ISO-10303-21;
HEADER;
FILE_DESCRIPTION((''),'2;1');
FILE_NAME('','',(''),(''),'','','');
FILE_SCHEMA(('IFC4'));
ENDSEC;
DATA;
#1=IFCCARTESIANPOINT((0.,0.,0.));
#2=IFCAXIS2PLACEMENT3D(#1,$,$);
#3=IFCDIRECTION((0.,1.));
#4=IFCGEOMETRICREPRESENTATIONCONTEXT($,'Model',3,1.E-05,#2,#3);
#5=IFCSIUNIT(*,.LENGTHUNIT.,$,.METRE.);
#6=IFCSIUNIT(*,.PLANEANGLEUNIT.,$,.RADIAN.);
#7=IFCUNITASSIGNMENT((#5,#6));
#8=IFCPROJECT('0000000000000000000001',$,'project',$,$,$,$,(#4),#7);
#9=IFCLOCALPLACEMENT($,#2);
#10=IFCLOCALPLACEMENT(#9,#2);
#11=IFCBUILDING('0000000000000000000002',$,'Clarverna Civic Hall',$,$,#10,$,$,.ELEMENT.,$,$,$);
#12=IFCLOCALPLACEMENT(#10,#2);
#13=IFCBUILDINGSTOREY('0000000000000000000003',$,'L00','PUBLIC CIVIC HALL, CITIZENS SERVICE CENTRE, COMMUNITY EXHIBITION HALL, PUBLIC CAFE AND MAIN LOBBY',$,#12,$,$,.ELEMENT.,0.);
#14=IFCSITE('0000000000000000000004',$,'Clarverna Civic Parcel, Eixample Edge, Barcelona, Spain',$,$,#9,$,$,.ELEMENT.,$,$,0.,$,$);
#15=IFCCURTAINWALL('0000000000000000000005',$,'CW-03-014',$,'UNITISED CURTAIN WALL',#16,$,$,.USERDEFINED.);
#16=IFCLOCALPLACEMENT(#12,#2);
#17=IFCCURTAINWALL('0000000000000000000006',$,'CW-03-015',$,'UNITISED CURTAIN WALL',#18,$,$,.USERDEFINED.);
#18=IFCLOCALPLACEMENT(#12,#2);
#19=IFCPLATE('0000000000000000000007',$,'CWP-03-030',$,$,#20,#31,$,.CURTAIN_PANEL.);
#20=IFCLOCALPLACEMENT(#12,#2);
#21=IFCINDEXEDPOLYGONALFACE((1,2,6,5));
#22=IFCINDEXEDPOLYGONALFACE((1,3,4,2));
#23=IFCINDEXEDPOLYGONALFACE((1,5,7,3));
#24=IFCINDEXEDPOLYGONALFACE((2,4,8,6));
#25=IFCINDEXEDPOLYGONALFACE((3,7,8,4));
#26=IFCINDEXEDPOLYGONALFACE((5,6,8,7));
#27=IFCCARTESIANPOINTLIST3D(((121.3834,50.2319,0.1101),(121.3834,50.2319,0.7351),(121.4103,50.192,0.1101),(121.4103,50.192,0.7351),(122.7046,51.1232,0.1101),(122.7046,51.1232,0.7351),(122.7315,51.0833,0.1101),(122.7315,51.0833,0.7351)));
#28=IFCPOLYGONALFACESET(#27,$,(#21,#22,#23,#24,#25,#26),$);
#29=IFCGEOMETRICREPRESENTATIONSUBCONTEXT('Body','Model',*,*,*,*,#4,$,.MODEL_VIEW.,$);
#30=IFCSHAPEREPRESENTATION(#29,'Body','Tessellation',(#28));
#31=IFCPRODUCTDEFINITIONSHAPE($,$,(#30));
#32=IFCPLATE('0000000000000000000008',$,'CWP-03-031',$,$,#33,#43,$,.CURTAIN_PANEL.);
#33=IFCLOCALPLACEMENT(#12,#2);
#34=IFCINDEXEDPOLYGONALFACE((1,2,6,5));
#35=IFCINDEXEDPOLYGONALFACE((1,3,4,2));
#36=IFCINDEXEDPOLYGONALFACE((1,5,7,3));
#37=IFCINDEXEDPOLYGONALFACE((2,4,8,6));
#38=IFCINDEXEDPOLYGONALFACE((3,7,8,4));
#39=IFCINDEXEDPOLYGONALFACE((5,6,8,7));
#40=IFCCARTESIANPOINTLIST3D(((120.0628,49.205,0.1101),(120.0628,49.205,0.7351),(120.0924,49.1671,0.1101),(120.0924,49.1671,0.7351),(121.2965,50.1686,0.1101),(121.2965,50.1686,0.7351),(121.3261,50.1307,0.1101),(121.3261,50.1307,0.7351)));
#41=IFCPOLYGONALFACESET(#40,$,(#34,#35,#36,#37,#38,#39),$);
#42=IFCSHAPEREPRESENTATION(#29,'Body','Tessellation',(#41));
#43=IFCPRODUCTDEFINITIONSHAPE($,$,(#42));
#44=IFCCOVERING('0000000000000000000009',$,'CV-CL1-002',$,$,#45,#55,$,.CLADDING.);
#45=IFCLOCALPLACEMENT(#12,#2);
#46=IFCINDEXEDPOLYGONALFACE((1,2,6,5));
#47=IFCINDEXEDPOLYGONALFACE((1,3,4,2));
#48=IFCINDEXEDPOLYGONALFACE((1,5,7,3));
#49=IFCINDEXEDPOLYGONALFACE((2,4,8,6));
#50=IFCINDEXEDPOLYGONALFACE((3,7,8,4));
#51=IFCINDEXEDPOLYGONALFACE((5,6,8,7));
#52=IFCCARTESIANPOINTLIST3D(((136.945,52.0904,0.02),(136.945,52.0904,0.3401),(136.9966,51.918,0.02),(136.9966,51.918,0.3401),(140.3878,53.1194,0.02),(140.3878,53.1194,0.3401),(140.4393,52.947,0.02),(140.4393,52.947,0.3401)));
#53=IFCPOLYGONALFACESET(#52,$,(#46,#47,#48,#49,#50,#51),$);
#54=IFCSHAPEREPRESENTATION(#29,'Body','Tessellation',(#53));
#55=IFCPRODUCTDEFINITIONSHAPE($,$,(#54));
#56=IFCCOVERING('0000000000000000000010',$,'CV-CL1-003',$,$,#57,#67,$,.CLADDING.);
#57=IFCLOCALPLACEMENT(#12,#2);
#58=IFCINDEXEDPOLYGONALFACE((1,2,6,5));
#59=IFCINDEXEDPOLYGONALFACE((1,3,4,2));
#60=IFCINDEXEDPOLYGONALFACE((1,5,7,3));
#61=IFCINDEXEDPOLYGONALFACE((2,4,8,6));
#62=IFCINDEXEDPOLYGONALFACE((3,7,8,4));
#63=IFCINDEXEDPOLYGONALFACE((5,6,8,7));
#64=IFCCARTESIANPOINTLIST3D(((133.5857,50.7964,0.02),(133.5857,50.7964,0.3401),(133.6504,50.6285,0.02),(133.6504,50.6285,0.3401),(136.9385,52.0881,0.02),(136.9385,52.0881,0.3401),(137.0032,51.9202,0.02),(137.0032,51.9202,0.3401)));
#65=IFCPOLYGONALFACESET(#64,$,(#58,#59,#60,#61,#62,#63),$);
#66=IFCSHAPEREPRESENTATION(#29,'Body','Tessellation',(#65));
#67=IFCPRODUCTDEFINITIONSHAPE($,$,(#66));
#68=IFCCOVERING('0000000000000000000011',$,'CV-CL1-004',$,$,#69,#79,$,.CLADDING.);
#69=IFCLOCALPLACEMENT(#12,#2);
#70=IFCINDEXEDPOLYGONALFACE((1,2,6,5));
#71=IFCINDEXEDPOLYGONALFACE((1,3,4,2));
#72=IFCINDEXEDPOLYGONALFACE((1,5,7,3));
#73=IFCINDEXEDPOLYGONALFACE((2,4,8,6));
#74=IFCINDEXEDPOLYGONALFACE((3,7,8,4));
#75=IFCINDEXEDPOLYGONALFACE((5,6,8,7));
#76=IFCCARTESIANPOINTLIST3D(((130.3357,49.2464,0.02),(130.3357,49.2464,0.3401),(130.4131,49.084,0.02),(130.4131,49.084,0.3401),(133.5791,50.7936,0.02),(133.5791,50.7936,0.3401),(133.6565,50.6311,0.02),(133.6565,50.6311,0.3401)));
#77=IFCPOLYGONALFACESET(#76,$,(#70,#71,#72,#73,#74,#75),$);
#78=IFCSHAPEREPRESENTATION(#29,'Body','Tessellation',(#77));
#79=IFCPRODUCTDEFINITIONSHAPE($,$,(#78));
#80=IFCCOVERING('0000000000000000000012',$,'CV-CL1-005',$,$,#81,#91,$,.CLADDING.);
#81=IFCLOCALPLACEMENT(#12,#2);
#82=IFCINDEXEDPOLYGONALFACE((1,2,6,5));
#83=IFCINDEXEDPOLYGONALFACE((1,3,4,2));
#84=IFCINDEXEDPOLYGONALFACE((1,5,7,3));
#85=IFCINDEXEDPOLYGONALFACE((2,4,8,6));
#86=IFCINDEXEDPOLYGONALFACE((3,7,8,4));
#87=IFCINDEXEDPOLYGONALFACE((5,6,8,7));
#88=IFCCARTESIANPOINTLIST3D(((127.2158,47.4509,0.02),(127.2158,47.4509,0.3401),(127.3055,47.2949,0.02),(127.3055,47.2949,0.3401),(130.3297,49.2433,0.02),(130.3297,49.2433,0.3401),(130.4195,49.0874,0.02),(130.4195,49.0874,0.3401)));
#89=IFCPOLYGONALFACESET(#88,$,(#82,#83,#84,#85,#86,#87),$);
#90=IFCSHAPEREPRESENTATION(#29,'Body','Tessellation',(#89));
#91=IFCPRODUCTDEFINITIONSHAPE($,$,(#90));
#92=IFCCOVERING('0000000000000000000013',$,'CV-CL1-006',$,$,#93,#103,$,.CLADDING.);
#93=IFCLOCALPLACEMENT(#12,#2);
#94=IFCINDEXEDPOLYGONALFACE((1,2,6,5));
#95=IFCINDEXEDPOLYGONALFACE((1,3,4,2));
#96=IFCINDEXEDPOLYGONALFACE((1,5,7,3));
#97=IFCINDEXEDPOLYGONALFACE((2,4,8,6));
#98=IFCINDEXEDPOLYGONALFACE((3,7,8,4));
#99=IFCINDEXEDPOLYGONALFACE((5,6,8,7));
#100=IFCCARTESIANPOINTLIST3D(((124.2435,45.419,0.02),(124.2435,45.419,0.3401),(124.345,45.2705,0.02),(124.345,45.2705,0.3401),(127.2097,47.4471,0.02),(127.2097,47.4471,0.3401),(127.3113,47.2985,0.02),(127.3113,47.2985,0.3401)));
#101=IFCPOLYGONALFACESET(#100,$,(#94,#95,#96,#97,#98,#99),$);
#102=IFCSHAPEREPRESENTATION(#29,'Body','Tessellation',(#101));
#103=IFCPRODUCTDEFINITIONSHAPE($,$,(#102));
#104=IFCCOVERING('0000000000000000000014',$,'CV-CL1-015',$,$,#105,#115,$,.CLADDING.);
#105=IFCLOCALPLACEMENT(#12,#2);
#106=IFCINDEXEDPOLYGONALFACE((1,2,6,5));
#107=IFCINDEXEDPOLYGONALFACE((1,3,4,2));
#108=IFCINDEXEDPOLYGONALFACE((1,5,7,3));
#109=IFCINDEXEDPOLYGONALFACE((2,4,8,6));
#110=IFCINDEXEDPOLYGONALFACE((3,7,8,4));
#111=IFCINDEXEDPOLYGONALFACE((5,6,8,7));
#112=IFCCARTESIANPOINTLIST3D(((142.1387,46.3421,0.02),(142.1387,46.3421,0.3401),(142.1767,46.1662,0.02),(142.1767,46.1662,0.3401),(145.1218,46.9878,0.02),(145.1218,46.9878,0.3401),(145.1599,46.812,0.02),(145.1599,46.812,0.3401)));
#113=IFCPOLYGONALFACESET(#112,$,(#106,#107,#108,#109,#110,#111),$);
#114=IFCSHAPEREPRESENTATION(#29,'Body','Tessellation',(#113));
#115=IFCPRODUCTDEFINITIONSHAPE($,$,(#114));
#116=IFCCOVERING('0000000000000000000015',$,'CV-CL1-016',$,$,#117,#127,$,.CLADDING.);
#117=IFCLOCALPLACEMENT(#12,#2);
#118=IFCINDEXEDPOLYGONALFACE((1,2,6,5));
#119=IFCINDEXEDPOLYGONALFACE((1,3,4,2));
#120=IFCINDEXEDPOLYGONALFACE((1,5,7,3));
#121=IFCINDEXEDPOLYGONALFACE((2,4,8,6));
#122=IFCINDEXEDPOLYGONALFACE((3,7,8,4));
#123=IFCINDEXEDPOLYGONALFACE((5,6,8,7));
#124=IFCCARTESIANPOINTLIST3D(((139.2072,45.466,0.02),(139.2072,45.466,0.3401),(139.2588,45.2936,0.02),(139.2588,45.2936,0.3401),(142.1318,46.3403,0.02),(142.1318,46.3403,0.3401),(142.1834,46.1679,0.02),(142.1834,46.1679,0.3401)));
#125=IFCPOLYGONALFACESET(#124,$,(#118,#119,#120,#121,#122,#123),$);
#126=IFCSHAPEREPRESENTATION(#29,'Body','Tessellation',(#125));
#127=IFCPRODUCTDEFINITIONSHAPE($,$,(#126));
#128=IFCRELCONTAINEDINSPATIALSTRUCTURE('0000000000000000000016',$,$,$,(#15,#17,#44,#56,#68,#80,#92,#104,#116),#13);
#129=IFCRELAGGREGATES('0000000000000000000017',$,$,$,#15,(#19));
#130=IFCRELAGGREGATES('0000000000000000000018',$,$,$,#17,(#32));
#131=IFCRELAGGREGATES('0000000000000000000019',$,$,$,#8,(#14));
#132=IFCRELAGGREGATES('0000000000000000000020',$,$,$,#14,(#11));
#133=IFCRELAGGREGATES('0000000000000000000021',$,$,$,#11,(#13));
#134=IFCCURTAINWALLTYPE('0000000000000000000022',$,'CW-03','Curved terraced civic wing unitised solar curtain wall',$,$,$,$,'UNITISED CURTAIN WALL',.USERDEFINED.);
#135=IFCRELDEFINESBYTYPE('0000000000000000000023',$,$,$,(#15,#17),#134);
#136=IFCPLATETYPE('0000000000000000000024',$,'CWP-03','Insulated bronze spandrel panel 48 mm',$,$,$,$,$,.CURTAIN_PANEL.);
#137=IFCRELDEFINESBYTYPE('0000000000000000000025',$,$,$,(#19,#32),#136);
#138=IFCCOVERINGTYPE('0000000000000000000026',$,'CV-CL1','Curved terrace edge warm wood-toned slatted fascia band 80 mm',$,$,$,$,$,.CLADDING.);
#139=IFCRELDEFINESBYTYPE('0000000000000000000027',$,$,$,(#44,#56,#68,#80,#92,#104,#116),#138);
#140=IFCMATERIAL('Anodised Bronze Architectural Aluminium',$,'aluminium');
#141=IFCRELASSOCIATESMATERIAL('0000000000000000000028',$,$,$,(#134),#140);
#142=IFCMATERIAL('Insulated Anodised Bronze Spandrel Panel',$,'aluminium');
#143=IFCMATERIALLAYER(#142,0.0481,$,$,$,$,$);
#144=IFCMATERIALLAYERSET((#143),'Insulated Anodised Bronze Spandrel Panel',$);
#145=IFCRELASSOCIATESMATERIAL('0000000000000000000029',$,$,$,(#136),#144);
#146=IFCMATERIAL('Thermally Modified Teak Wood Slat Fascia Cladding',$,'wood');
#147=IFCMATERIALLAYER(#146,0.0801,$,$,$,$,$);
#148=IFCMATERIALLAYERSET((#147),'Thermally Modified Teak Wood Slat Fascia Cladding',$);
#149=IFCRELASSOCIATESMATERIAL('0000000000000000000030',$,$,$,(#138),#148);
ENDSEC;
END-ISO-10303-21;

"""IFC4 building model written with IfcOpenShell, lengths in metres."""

from ifc_helpers import new_model, si_unit, direction, frame, frame_2d, origin, place, context, subcontext, project, spatial, rectangle, extrude, material, layer, layer_set, type_object, element, aggregate, save


model = new_model("IFC4")

# Units and contexts
model_context = context("Model", 3, precision=1e-05, world=origin(), true_north=direction((0.0, 1.0)))
body_context = subcontext(model_context, "Body", "Model", "MODEL_VIEW")
ifc_project = project(units=[si_unit("LENGTHUNIT", "METRE"), si_unit("PLANEANGLEUNIT", "RADIAN")], contexts=[model_context])

# Site, building, storey
site_placement = place(None, origin())
site = spatial("IfcSite", under=ifc_project, at=site_placement, Name="Clarverna Civic Parcel, Eixample Edge, Barcelona, Spain", CompositionType="ELEMENT", RefElevation=0.0)
building_placement = place(site_placement, origin())
building = spatial("IfcBuilding", under=site, at=building_placement, Name="Clarverna Civic Hall", CompositionType="ELEMENT")
storey_placement = place(building_placement, origin())
storey = spatial("IfcBuildingStorey", under=building, at=storey_placement, Name="L00", Description="PUBLIC CIVIC HALL, CITIZENS SERVICE CENTRE, COMMUNITY EXHIBITION HALL, PUBLIC CAFE AND MAIN LOBBY", CompositionType="ELEMENT", Elevation=0.0)

# Shared definitions
ifc_material_1 = material(Name="Anodised Bronze Architectural Aluminium", Category="aluminium")
curtain_wall_type = type_object("IfcCurtainWallType", Name="CW-03", Description="Curved terraced civic wing unitised solar curtain wall", ElementType="UNITISED CURTAIN WALL", PredefinedType="USERDEFINED", material=ifc_material_1)

# Curtain wall
curtain_wall_1_placement = place(storey_placement, origin())
curtain_wall_1 = element("IfcCurtainWall", 1, at=curtain_wall_1_placement, inside=storey, type_object=curtain_wall_type, Name="CW-03-014", ObjectType="UNITISED CURTAIN WALL", PredefinedType="USERDEFINED")

# Curtain wall
curtain_wall_2_placement = place(storey_placement, origin())
curtain_wall_2 = element("IfcCurtainWall", 2, at=curtain_wall_2_placement, inside=storey, type_object=curtain_wall_type, Name="CW-03-015", ObjectType="UNITISED CURTAIN WALL", PredefinedType="USERDEFINED")

# Plates
ifc_material_2 = material(Name="Insulated Anodised Bronze Spandrel Panel", Category="aluminium")
ifc_layer_1 = layer(ifc_material_2, 0.0481)
ifc_layer_set_1 = layer_set([ifc_layer_1], Name="Insulated Anodised Bronze Spandrel Panel")
plate_type_1 = type_object("IfcPlateType", Name="CWP-03", Description="Insulated bronze spandrel panel 48 mm", PredefinedType="CURTAIN_PANEL", material=ifc_layer_set_1)
plate_1_placement = place(storey_placement, frame((122.718, 51.1033, 0.1101), z_axis=(0.0, 0.0, 1.0), x_axis=(-0.828998, -0.559252, 0.0)))
plate_1 = element("IfcPlate", 3, at=plate_1_placement, type_object=plate_type_1, Name="CWP-03-030", PredefinedType="CURTAIN_PANEL", context=body_context, shape_type="SweptSolid", body=[
    extrude(rectangle(XDim=1.5938, YDim=0.0481, at=frame_2d((0.7969, 0.0))), origin(), (0.0, 0.0, 1.0), 0.625),
])
aggregate(curtain_wall_1, [plate_1])
plate_2_placement = place(storey_placement, frame((121.3113, 50.1497, 0.1101), z_axis=(0.0, 0.0, 1.0), x_axis=(-0.788074, -0.61558, 0.0)))
plate_2 = element("IfcPlate", 4, at=plate_2_placement, type_object=plate_type_1, Name="CWP-03-031", PredefinedType="CURTAIN_PANEL", context=body_context, shape_type="SweptSolid", body=[
    extrude(rectangle(XDim=1.5654, YDim=0.0481, at=frame_2d((0.7827, 0.0))), origin(), (0.0, 0.0, 1.0), 0.625),
])
aggregate(curtain_wall_2, [plate_2])

# Coverings
ifc_material_3 = material(Name="Thermally Modified Teak Wood Slat Fascia Cladding", Category="wood")
ifc_layer_2 = layer(ifc_material_3, 0.0801)
ifc_layer_set_2 = layer_set([ifc_layer_2], Name="Thermally Modified Teak Wood Slat Fascia Cladding")
covering_type = type_object("IfcCoveringType", Name="CV-CL1", Description="Curved terrace edge warm wood-toned slatted fascia band 80 mm", PredefinedType="CLADDING", material=ifc_layer_set_2)
covering_1_placement = place(storey_placement, frame((140.4136, 53.0332, 0.02), z_axis=(0.0, 0.0, 1.0), x_axis=(-0.958118, -0.286375, 0.0)))
element("IfcCovering", 5, at=covering_1_placement, inside=storey, type_object=covering_type, Name="CV-CL1-002", PredefinedType="CLADDING", context=body_context, shape_type="SweptSolid", body=[
    extrude(rectangle(XDim=3.5933, YDim=0.1799, at=frame_2d((1.7966, 0.0))), origin(), (0.0, 0.0, 1.0), 0.3201),
])
covering_2_placement = place(storey_placement, frame((136.9707, 52.0042, 0.02), z_axis=(0.0, 0.0, 1.0), x_axis=(-0.933139, -0.359516, 0.0)))
element("IfcCovering", 6, at=covering_2_placement, inside=storey, type_object=covering_type, Name="CV-CL1-003", PredefinedType="CLADDING", context=body_context, shape_type="SweptSolid", body=[
    extrude(rectangle(XDim=3.593, YDim=0.1799, at=frame_2d((1.7964, 0.0))), origin(), (0.0, 0.0, 1.0), 0.3201),
])
covering_3_placement = place(storey_placement, frame((133.6179, 50.7124, 0.02), z_axis=(0.0, 0.0, 1.0), x_axis=(-0.902575, -0.430532, 0.0)))
element("IfcCovering", 7, at=covering_3_placement, inside=storey, type_object=covering_type, Name="CV-CL1-004", PredefinedType="CLADDING", context=body_context, shape_type="SweptSolid", body=[
    extrude(rectangle(XDim=3.5935, YDim=0.1799, at=frame_2d((1.7969, 0.0))), origin(), (0.0, 0.0, 1.0), 0.3201),
])
covering_4_placement = place(storey_placement, frame((130.3745, 49.1653, 0.02), z_axis=(0.0, 0.0, 1.0), x_axis=(-0.866675, -0.498873, 0.0)))
element("IfcCovering", 8, at=covering_4_placement, inside=storey, type_object=covering_type, Name="CV-CL1-005", PredefinedType="CLADDING", context=body_context, shape_type="SweptSolid", body=[
    extrude(rectangle(XDim=3.593, YDim=0.1799, at=frame_2d((1.7964, 0.0))), origin(), (0.0, 0.0, 1.0), 0.3201),
])
covering_5_placement = place(storey_placement, frame((127.2605, 47.3728, 0.02), z_axis=(0.0, 0.0, 1.0), x_axis=(-0.825502, -0.564399, 0.0)))
element("IfcCovering", 9, at=covering_5_placement, inside=storey, type_object=covering_type, Name="CV-CL1-006", PredefinedType="CLADDING", context=body_context, shape_type="SweptSolid", body=[
    extrude(rectangle(XDim=3.5933, YDim=0.1799, at=frame_2d((1.7966, 0.0))), origin(), (0.0, 0.0, 1.0), 0.3201),
])
covering_6_placement = place(storey_placement, frame((145.1409, 46.8999, 0.02), z_axis=(0.0, 0.0, 1.0), x_axis=(-0.977364, -0.211566, 0.0)))
element("IfcCovering", 10, at=covering_6_placement, inside=storey, type_object=covering_type, Name="CV-CL1-015", PredefinedType="CLADDING", context=body_context, shape_type="SweptSolid", body=[
    extrude(rectangle(XDim=3.0522, YDim=0.1799, at=frame_2d((1.5261, 0.0))), origin(), (0.0, 0.0, 1.0), 0.3201),
])
covering_7_placement = place(storey_placement, frame((142.1577, 46.2542, 0.02), z_axis=(0.0, 0.0, 1.0), x_axis=(-0.958105, -0.286416, 0.0)))
element("IfcCovering", 11, at=covering_7_placement, inside=storey, type_object=covering_type, Name="CV-CL1-016", PredefinedType="CLADDING", context=body_context, shape_type="SweptSolid", body=[
    extrude(rectangle(XDim=3.0525, YDim=0.1799, at=frame_2d((1.5264, 0.0))), origin(), (0.0, 0.0, 1.0), 0.3201),
])

save(model, "model.ifc")
